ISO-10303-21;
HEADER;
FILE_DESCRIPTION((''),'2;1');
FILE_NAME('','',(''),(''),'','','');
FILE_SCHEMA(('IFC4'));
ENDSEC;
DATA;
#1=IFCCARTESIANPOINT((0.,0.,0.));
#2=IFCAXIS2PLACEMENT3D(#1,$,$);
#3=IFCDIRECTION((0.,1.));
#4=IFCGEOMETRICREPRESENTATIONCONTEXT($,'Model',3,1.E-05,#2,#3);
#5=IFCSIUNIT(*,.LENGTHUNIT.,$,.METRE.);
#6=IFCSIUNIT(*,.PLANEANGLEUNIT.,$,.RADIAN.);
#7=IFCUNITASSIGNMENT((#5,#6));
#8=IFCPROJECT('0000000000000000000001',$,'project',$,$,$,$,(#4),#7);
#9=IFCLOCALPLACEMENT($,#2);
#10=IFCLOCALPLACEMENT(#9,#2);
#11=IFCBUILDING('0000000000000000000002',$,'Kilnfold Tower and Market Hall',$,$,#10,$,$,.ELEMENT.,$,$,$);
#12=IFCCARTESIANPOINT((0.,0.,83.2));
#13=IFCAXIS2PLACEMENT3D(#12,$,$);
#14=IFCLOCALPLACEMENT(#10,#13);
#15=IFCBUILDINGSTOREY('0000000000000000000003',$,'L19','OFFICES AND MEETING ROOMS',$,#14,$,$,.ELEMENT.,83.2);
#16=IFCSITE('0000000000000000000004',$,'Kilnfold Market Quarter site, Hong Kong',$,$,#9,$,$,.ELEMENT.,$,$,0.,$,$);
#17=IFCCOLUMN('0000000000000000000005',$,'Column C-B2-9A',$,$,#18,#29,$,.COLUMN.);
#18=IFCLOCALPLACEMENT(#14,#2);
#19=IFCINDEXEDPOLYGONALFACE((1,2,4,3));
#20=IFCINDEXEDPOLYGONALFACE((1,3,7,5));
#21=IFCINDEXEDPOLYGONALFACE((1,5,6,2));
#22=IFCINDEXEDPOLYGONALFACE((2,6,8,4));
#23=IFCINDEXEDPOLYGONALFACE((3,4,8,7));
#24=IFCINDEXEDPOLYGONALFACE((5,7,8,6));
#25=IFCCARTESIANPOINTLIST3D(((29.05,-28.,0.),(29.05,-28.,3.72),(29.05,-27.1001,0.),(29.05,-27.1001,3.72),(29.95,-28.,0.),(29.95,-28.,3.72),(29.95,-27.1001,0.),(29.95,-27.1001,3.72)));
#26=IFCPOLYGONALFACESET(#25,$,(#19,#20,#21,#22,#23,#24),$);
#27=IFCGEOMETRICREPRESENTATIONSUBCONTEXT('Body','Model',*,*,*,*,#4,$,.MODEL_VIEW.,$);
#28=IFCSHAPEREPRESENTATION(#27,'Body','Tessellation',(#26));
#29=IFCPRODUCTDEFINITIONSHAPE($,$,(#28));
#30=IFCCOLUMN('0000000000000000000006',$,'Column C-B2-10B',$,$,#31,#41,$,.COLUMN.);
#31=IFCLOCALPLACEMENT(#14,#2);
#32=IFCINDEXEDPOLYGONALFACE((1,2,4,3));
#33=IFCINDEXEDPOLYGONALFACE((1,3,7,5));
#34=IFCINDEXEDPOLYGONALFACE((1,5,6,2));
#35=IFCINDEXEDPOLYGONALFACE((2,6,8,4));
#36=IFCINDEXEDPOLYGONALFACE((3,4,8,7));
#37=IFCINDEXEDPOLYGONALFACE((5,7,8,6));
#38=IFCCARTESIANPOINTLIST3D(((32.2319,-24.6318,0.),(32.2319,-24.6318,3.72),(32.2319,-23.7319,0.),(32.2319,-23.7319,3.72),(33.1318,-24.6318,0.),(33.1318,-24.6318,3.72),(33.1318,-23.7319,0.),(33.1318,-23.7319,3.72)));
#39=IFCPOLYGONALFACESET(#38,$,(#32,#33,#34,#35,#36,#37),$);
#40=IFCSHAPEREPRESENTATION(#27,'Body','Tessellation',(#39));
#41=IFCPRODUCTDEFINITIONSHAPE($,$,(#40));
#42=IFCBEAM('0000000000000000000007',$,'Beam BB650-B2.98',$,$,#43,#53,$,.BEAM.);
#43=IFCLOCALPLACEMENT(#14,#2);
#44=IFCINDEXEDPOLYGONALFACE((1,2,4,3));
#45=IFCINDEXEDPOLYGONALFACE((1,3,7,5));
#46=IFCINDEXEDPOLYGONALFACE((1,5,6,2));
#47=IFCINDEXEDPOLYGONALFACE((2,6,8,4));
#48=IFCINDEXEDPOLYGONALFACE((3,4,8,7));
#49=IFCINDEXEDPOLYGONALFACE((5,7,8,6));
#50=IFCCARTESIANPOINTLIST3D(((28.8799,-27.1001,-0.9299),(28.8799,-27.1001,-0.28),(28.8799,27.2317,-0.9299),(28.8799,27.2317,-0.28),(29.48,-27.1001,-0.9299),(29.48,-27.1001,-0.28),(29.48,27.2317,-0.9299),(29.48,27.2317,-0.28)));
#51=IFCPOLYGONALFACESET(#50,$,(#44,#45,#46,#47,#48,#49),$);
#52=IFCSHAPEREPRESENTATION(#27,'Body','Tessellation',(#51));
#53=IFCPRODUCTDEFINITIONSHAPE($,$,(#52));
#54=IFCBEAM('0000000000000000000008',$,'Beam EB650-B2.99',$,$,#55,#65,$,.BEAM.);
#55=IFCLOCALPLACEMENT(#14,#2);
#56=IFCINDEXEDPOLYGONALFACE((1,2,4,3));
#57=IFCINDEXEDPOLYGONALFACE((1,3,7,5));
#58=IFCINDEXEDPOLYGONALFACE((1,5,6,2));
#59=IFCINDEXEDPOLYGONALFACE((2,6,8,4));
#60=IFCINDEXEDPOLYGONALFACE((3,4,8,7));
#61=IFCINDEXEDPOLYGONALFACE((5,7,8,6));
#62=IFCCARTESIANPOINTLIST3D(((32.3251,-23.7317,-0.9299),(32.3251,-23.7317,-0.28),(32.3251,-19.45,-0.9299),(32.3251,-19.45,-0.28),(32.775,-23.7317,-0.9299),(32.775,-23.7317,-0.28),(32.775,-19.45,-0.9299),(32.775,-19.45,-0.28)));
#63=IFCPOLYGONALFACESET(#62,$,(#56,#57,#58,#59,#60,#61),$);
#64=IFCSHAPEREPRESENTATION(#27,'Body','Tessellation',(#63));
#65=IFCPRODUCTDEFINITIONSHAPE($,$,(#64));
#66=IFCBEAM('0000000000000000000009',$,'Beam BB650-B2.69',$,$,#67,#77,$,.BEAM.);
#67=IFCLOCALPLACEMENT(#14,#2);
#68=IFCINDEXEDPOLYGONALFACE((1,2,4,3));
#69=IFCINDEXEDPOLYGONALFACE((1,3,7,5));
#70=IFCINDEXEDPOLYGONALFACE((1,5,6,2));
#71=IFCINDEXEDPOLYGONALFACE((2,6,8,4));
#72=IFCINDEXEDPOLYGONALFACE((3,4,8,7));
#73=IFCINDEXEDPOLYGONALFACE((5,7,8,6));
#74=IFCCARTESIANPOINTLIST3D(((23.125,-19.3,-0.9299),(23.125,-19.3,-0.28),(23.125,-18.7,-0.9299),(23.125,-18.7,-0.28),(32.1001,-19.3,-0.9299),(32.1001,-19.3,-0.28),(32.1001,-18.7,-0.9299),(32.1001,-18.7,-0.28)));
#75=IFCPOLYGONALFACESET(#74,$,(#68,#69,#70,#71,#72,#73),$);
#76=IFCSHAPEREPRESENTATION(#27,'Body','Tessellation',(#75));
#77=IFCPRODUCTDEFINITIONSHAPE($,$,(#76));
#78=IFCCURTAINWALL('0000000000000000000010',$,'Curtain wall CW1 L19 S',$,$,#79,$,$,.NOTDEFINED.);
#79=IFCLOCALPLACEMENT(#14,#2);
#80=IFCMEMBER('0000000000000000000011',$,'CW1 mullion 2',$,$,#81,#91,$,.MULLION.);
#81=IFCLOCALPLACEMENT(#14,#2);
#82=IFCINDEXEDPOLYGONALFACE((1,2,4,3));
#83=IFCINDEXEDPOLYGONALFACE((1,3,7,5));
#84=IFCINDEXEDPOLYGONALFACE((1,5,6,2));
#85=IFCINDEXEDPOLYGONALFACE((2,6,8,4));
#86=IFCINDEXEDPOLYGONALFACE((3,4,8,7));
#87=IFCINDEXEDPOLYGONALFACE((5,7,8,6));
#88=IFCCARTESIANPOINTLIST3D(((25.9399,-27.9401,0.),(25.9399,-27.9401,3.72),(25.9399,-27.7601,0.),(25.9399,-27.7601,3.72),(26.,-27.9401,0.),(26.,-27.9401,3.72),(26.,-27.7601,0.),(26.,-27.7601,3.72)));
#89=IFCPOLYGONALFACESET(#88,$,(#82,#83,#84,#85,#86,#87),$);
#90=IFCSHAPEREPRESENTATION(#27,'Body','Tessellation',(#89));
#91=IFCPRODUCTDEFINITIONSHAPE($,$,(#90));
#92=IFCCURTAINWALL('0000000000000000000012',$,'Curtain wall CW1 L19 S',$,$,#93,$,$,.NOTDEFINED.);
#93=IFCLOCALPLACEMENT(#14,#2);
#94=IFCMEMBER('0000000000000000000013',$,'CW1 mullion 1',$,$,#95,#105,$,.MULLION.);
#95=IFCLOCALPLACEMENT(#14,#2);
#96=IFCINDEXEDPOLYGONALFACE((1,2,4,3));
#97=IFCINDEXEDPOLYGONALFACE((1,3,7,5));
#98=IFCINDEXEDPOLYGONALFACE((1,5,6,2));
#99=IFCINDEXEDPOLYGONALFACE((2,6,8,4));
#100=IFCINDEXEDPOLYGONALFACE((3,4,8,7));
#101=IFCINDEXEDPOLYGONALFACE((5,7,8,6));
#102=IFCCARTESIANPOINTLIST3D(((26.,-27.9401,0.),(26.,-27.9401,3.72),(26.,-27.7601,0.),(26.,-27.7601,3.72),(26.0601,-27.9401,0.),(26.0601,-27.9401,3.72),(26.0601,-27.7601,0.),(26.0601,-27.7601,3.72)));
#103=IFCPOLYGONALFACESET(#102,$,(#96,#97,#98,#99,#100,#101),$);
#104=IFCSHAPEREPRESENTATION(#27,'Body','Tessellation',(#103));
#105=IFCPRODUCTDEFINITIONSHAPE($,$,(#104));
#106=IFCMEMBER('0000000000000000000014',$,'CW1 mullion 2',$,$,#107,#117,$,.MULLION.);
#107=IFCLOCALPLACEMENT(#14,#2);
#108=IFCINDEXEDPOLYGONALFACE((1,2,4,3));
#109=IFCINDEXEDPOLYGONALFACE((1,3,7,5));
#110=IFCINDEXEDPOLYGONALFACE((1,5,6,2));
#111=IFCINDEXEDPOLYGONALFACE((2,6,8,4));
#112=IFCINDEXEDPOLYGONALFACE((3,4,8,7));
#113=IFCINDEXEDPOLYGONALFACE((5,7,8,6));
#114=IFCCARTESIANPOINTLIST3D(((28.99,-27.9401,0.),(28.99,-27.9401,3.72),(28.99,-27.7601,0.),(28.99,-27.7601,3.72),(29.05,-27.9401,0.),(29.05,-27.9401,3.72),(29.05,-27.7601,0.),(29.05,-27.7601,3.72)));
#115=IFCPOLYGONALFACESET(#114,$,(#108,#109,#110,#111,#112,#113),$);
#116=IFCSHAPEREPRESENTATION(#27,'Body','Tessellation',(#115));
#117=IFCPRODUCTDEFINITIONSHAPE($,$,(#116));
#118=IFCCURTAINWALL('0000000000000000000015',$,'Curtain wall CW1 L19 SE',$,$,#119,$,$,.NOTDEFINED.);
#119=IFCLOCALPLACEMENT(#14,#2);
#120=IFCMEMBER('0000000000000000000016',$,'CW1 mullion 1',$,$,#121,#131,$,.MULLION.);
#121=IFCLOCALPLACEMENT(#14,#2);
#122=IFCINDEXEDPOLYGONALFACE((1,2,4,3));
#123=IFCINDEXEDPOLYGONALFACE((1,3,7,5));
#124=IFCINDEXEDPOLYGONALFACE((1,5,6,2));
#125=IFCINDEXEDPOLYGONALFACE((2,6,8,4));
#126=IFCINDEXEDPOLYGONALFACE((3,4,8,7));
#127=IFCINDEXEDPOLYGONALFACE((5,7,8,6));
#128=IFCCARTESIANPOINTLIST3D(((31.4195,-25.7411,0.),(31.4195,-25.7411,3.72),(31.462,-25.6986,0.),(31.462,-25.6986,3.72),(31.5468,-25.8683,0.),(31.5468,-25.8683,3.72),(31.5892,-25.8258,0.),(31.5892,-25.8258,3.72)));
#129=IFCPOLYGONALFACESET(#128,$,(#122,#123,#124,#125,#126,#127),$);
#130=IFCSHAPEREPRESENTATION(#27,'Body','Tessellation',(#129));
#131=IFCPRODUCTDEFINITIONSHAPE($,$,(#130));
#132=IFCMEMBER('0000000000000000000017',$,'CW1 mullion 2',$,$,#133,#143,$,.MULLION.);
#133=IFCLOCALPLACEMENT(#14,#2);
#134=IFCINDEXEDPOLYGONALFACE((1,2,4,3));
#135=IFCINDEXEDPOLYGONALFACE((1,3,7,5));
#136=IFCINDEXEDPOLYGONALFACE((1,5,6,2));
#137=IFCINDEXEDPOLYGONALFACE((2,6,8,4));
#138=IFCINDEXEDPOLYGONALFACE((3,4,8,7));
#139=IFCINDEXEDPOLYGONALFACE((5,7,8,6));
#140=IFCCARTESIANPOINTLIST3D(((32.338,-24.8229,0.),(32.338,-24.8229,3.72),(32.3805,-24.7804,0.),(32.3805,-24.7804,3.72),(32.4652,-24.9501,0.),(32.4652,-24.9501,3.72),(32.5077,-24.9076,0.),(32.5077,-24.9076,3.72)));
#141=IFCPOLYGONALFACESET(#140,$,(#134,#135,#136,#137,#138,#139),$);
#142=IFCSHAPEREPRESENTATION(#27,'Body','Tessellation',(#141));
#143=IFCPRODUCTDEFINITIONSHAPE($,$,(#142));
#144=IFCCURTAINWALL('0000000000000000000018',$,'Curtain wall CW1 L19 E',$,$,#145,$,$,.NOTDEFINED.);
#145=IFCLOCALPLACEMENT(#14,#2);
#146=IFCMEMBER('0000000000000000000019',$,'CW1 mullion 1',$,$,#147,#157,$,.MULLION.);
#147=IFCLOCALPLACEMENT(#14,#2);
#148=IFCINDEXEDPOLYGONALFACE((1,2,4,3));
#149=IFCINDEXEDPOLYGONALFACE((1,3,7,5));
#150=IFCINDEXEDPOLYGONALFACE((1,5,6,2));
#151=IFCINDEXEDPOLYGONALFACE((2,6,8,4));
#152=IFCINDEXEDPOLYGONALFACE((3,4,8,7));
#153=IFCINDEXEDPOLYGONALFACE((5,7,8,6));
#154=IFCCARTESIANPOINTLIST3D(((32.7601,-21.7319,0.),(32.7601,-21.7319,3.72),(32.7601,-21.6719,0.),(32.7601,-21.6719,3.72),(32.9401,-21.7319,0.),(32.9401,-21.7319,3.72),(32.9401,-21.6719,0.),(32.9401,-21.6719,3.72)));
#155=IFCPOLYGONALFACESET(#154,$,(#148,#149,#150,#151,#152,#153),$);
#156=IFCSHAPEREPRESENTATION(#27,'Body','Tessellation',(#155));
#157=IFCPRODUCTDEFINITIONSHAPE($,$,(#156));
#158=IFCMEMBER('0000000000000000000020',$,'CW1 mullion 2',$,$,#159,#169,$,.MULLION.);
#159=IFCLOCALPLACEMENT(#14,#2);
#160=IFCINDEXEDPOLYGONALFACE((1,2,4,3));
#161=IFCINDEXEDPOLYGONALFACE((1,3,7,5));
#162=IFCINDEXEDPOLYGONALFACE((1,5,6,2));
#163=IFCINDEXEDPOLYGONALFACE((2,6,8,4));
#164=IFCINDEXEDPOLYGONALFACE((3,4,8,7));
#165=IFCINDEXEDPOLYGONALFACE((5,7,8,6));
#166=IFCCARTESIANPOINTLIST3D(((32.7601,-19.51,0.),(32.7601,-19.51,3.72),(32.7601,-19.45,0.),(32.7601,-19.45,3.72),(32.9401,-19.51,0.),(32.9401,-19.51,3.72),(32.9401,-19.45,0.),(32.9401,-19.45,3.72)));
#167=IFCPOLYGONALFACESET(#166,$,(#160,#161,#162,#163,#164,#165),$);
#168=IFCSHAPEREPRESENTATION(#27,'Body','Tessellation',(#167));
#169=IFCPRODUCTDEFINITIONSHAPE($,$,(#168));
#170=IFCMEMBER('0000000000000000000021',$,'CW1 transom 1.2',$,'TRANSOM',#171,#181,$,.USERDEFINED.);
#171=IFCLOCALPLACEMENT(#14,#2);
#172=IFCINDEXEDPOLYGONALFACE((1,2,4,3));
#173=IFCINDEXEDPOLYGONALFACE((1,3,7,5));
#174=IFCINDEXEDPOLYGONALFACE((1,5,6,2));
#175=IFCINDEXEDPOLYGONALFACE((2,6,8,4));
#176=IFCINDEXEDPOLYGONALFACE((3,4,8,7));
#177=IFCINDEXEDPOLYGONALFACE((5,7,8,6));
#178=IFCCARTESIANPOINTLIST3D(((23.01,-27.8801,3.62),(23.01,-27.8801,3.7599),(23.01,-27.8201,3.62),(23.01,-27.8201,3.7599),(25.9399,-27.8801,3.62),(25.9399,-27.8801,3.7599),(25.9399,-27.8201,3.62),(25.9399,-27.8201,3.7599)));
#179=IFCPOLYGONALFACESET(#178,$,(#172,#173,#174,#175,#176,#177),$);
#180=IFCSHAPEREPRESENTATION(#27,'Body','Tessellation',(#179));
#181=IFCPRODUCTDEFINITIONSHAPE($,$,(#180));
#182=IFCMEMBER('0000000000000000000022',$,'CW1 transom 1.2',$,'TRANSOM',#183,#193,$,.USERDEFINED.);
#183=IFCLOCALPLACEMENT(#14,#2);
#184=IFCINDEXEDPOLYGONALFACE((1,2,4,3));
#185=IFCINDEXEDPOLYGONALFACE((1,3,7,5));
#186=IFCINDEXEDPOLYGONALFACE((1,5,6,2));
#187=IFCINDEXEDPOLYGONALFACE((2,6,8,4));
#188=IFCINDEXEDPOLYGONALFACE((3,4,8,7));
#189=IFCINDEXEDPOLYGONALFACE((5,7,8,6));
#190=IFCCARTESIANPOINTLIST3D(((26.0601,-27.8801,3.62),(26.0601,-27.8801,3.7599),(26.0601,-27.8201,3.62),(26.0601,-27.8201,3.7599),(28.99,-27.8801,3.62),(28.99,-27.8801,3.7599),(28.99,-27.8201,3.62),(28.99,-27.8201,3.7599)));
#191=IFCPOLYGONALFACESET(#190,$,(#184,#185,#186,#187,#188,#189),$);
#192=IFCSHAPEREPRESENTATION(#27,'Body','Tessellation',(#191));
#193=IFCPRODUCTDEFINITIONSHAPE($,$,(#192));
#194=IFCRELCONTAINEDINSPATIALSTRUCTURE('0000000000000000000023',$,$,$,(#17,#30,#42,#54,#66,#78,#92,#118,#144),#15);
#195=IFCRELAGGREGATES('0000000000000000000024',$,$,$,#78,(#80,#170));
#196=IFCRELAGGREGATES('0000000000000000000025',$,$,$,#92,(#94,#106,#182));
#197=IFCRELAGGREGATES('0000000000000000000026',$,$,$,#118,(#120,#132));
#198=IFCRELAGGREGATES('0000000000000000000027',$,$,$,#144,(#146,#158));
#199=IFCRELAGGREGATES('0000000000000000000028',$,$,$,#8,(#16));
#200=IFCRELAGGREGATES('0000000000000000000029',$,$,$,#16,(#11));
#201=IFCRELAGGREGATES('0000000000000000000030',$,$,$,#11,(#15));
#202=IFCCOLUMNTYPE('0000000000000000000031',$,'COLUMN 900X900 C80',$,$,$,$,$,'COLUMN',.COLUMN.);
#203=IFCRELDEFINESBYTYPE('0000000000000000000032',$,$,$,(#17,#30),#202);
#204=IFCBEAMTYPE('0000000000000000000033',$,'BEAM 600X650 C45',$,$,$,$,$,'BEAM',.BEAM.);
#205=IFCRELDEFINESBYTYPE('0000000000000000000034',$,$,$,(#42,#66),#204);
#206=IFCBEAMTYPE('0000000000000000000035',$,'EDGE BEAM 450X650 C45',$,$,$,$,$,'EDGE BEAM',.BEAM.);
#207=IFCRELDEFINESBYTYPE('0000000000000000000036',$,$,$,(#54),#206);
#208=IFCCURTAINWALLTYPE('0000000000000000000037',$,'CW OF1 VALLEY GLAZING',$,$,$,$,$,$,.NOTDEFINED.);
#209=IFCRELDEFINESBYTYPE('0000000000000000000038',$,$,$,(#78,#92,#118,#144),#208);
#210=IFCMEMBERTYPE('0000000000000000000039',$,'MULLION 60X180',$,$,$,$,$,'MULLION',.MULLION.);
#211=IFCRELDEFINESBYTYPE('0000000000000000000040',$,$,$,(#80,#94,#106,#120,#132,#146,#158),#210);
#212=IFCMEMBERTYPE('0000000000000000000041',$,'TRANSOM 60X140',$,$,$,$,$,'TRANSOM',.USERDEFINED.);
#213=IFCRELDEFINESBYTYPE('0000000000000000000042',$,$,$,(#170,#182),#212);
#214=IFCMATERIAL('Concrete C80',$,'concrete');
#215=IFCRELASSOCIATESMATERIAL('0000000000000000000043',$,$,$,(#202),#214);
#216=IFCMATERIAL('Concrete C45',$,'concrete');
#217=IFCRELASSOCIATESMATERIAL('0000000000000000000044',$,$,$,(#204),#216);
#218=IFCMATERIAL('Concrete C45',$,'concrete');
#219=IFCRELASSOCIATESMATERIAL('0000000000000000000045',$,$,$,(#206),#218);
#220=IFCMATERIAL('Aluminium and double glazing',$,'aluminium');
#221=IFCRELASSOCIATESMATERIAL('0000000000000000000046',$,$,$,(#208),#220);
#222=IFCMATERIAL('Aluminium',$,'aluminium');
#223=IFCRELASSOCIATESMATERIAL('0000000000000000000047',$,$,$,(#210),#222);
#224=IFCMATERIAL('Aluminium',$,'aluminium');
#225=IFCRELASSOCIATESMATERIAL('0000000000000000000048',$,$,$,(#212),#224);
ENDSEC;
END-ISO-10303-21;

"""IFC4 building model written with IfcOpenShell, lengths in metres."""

from ifc_helpers import new_model, si_unit, direction, frame, origin, origin_2d, place, context, subcontext, project, spatial, rectangle, extrude, source, transform, mapped, material, material_profile, profile_set, type_object, element, aggregate, save


model = new_model("IFC4")

# Units and contexts
model_context = context("Model", 3, precision=1e-05, world=origin(), true_north=direction((0.0, 1.0)))
body_context = subcontext(model_context, "Body", "Model", "MODEL_VIEW")
ifc_project = project(units=[si_unit("LENGTHUNIT", "METRE"), si_unit("PLANEANGLEUNIT", "RADIAN")], contexts=[model_context])

# Site, building, storey
site_placement = place(None, origin())
site = spatial("IfcSite", under=ifc_project, at=site_placement, Name="Kilnfold Market Quarter site, Hong Kong", CompositionType="ELEMENT", RefElevation=0.0)
building_placement = place(site_placement, origin())
building = spatial("IfcBuilding", under=site, at=building_placement, Name="Kilnfold Tower and Market Hall", CompositionType="ELEMENT")
storey_placement = place(building_placement, frame((0.0, 0.0, 83.2)))
storey = spatial("IfcBuildingStorey", under=building, at=storey_placement, Name="L19", Description="OFFICES AND MEETING ROOMS", CompositionType="ELEMENT", Elevation=83.2)

# Columns
ifc_material_1 = material(Name="Concrete C80", Category="concrete")
ifc_material_profile_1 = material_profile(ifc_material_1, rectangle(XDim=0.8999, YDim=0.8999, at=origin_2d()), Name="RC 900x900")
ifc_profile_set_1 = profile_set([ifc_material_profile_1], Name="Concrete C80")
column_type = type_object("IfcColumnType", Name="COLUMN 900X900 C80", ElementType="COLUMN", PredefinedType="COLUMN", material=ifc_profile_set_1)
shared_shape_1 = source(origin(), body_context, "Body", "SweptSolid", [
    extrude(rectangle(XDim=0.8999, YDim=0.8999, at=origin_2d()), origin(), (0.0, 0.0, 1.0), 3.72),
])
for number, where, z_axis, x_axis, name in (
    (1, (29.5, -27.55, 0.0), (0.0, 0.0, 1.0), (1.0, 0.0, 0.0), "Column C-B2-9A"),
    (2, (32.6819, -24.1819, 0.0), (0.0, 0.0, 1.0), (1.0, 0.0, 0.0), "Column C-B2-10B"),
):
    element("IfcColumn", number, at=place(storey_placement, frame(where, z_axis=z_axis, x_axis=x_axis)), inside=storey, type_object=column_type, Name=name, PredefinedType="COLUMN", context=body_context, shape_type="MappedRepresentation", body=[
        mapped(shared_shape_1, transform((0.0, 0.0, 0.0))),
    ])

# Beams
ifc_material_2 = material(Name="Concrete C45", Category="concrete")
ifc_material_profile_2 = material_profile(ifc_material_2, rectangle(XDim=0.6001, YDim=0.6499, at=origin_2d()), Name="RC 600x650")
ifc_profile_set_2 = profile_set([ifc_material_profile_2], Name="Concrete C45")
beam_type_1 = type_object("IfcBeamType", Name="BEAM 600X650 C45", ElementType="BEAM", PredefinedType="BEAM", material=ifc_profile_set_2)
shared_shape_2 = source(origin(), body_context, "Body", "SweptSolid", [
    extrude(rectangle(XDim=0.6001, YDim=0.6499, at=origin_2d()), origin(), (0.0, 0.0, 1.0), 54.3318),
])
beam_1_placement = place(storey_placement, frame((29.1799, -27.1001, -0.605), z_axis=(0.0, 1.0, 0.0), x_axis=(-1.0, 0.0, 0.0)))
element("IfcBeam", 3, at=beam_1_placement, inside=storey, type_object=beam_type_1, Name="Beam BB650-B2.98", PredefinedType="BEAM", context=body_context, shape_type="MappedRepresentation", body=[
    mapped(shared_shape_2, transform((0.0, 0.0, 0.0))),
])
ifc_material_3 = material(Name="Concrete C45", Category="concrete")
ifc_material_profile_3 = material_profile(ifc_material_3, rectangle(XDim=0.45, YDim=0.6499, at=origin_2d()), Name="RC 450x650")
ifc_profile_set_3 = profile_set([ifc_material_profile_3], Name="Concrete C45")
beam_type_2 = type_object("IfcBeamType", Name="EDGE BEAM 450X650 C45", ElementType="EDGE BEAM", PredefinedType="BEAM", material=ifc_profile_set_3)
shared_shape_3 = source(origin(), body_context, "Body", "SweptSolid", [
    extrude(rectangle(XDim=0.45, YDim=0.6499, at=origin_2d()), origin(), (0.0, 0.0, 1.0), 4.2817),
])
beam_2_placement = place(storey_placement, frame((32.55, -23.7317, -0.605), z_axis=(0.0, 1.0, 0.0), x_axis=(-1.0, 0.0, 0.0)))
element("IfcBeam", 4, at=beam_2_placement, inside=storey, type_object=beam_type_2, Name="Beam EB650-B2.99", PredefinedType="BEAM", context=body_context, shape_type="MappedRepresentation", body=[
    mapped(shared_shape_3, transform((0.0, 0.0, 0.0))),
])
shared_shape_4 = source(origin(), body_context, "Body", "SweptSolid", [
    extrude(rectangle(XDim=0.6001, YDim=0.6499, at=origin_2d()), origin(), (0.0, 0.0, 1.0), 8.9751),
])
beam_3_placement = place(storey_placement, frame((23.125, -19.0, -0.605), z_axis=(1.0, 0.0, 0.0), x_axis=(0.0, 1.0, 0.0)))
element("IfcBeam", 5, at=beam_3_placement, inside=storey, type_object=beam_type_1, Name="Beam BB650-B2.69", PredefinedType="BEAM", context=body_context, shape_type="MappedRepresentation", body=[
    mapped(shared_shape_4, transform((0.0, 0.0, 0.0))),
])

# Curtain wall, member
ifc_material_4 = material(Name="Aluminium and double glazing", Category="aluminium")
curtain_wall_type = type_object("IfcCurtainWallType", Name="CW OF1 VALLEY GLAZING", PredefinedType="NOTDEFINED", material=ifc_material_4)
curtain_wall_1_placement = place(storey_placement, origin())
curtain_wall_1 = element("IfcCurtainWall", 6, at=curtain_wall_1_placement, inside=storey, type_object=curtain_wall_type, Name="Curtain wall CW1 L19 S", PredefinedType="NOTDEFINED")
ifc_material_5 = material(Name="Aluminium", Category="aluminium")
ifc_material_profile_4 = material_profile(ifc_material_5, rectangle(XDim=0.0601, YDim=0.1799, at=origin_2d()), Name="MULLION 60x180")
ifc_profile_set_4 = profile_set([ifc_material_profile_4], Name="Aluminium")
member_type_1 = type_object("IfcMemberType", Name="MULLION 60X180", ElementType="MULLION", PredefinedType="MULLION", material=ifc_profile_set_4)
shared_shape_5 = source(origin(), body_context, "Body", "SweptSolid", [
    extrude(rectangle(XDim=0.0601, YDim=0.1799, at=origin_2d()), origin(), (0.0, 0.0, 1.0), 3.72),
])
member_1_placement = place(storey_placement, frame((25.97, -27.8501, 0.0), z_axis=(0.0, 0.0, 1.0), x_axis=(1.0, 0.0, 0.0)))
member_1 = element("IfcMember", 7, at=member_1_placement, type_object=member_type_1, Name="CW1 mullion 2", PredefinedType="MULLION", context=body_context, shape_type="MappedRepresentation", body=[
    mapped(shared_shape_5, transform((0.0, 0.0, 0.0))),
])

# Curtain walls, members
curtain_wall_2_placement = place(storey_placement, origin())
curtain_wall_2 = element("IfcCurtainWall", 8, at=curtain_wall_2_placement, inside=storey, type_object=curtain_wall_type, Name="Curtain wall CW1 L19 S", PredefinedType="NOTDEFINED")
member_2_placement = place(storey_placement, frame((26.03, -27.8501, 0.0), z_axis=(0.0, 0.0, 1.0), x_axis=(1.0, 0.0, 0.0)))
member_2 = element("IfcMember", 9, at=member_2_placement, type_object=member_type_1, Name="CW1 mullion 1", PredefinedType="MULLION", context=body_context, shape_type="MappedRepresentation", body=[
    mapped(shared_shape_5, transform((0.0, 0.0, 0.0))),
])
member_3_placement = place(storey_placement, frame((29.02, -27.8501, 0.0), z_axis=(0.0, 0.0, 1.0), x_axis=(1.0, 0.0, 0.0)))
member_3 = element("IfcMember", 10, at=member_3_placement, type_object=member_type_1, Name="CW1 mullion 2", PredefinedType="MULLION", context=body_context, shape_type="MappedRepresentation", body=[
    mapped(shared_shape_5, transform((0.0, 0.0, 0.0))),
])
curtain_wall_3_placement = place(storey_placement, origin())
curtain_wall_3 = element("IfcCurtainWall", 11, at=curtain_wall_3_placement, inside=storey, type_object=curtain_wall_type, Name="Curtain wall CW1 L19 SE", PredefinedType="NOTDEFINED")
member_4_placement = place(storey_placement, frame((31.5044, -25.7834, 0.0), z_axis=(0.0, 0.0, 1.0), x_axis=(0.707107, 0.707107, 0.0)))
member_4 = element("IfcMember", 12, at=member_4_placement, type_object=member_type_1, Name="CW1 mullion 1", PredefinedType="MULLION", context=body_context, shape_type="MappedRepresentation", body=[
    mapped(shared_shape_5, transform((0.0, 0.0, 0.0))),
])
member_5_placement = place(storey_placement, frame((32.4229, -24.8652, 0.0), z_axis=(0.0, 0.0, 1.0), x_axis=(0.707107, 0.707107, 0.0)))
member_5 = element("IfcMember", 13, at=member_5_placement, type_object=member_type_1, Name="CW1 mullion 2", PredefinedType="MULLION", context=body_context, shape_type="MappedRepresentation", body=[
    mapped(shared_shape_5, transform((0.0, 0.0, 0.0))),
])
curtain_wall_4_placement = place(storey_placement, origin())
curtain_wall_4 = element("IfcCurtainWall", 14, at=curtain_wall_4_placement, inside=storey, type_object=curtain_wall_type, Name="Curtain wall CW1 L19 E", PredefinedType="NOTDEFINED")
member_6_placement = place(storey_placement, frame((32.8501, -21.7019, 0.0), z_axis=(0.0, 0.0, 1.0), x_axis=(0.0, 1.0, 0.0)))
member_6 = element("IfcMember", 15, at=member_6_placement, type_object=member_type_1, Name="CW1 mullion 1", PredefinedType="MULLION", context=body_context, shape_type="MappedRepresentation", body=[
    mapped(shared_shape_5, transform((0.0, 0.0, 0.0))),
])
member_7_placement = place(storey_placement, frame((32.8501, -19.48, 0.0), z_axis=(0.0, 0.0, 1.0), x_axis=(0.0, 1.0, 0.0)))
member_7 = element("IfcMember", 16, at=member_7_placement, type_object=member_type_1, Name="CW1 mullion 2", PredefinedType="MULLION", context=body_context, shape_type="MappedRepresentation", body=[
    mapped(shared_shape_5, transform((0.0, 0.0, 0.0))),
])

# Members
ifc_material_6 = material(Name="Aluminium", Category="aluminium")
ifc_material_profile_5 = material_profile(ifc_material_6, rectangle(XDim=0.0601, YDim=0.1399, at=origin_2d()), Name="TRANSOM 60x140")
ifc_profile_set_5 = profile_set([ifc_material_profile_5], Name="Aluminium")
member_type_2 = type_object("IfcMemberType", Name="TRANSOM 60X140", ElementType="TRANSOM", PredefinedType="USERDEFINED", material=ifc_profile_set_5)
shared_shape_6 = source(origin(), body_context, "Body", "SweptSolid", [
    extrude(rectangle(XDim=0.0601, YDim=0.1399, at=origin_2d()), origin(), (0.0, 0.0, 1.0), 2.9299),
])
member_8_placement = place(storey_placement, frame((23.01, -27.8501, 3.6899), z_axis=(1.0, 0.0, 0.0), x_axis=(0.0, 1.0, 0.0)))
member_8 = element("IfcMember", 17, at=member_8_placement, type_object=member_type_2, Name="CW1 transom 1.2", ObjectType="TRANSOM", PredefinedType="USERDEFINED", context=body_context, shape_type="MappedRepresentation", body=[
    mapped(shared_shape_6, transform((0.0, 0.0, 0.0))),
])
member_9_placement = place(storey_placement, frame((26.0601, -27.8501, 3.6899), z_axis=(1.0, 0.0, 0.0), x_axis=(0.0, 1.0, 0.0)))
member_9 = element("IfcMember", 18, at=member_9_placement, type_object=member_type_2, Name="CW1 transom 1.2", ObjectType="TRANSOM", PredefinedType="USERDEFINED", context=body_context, shape_type="MappedRepresentation", body=[
    mapped(shared_shape_6, transform((0.0, 0.0, 0.0))),
])

aggregate(curtain_wall_1, [member_1, member_8])
aggregate(curtain_wall_2, [member_2, member_3, member_9])
aggregate(curtain_wall_3, [member_4, member_5])
aggregate(curtain_wall_4, [member_6, member_7])

save(model, "model.ifc")
